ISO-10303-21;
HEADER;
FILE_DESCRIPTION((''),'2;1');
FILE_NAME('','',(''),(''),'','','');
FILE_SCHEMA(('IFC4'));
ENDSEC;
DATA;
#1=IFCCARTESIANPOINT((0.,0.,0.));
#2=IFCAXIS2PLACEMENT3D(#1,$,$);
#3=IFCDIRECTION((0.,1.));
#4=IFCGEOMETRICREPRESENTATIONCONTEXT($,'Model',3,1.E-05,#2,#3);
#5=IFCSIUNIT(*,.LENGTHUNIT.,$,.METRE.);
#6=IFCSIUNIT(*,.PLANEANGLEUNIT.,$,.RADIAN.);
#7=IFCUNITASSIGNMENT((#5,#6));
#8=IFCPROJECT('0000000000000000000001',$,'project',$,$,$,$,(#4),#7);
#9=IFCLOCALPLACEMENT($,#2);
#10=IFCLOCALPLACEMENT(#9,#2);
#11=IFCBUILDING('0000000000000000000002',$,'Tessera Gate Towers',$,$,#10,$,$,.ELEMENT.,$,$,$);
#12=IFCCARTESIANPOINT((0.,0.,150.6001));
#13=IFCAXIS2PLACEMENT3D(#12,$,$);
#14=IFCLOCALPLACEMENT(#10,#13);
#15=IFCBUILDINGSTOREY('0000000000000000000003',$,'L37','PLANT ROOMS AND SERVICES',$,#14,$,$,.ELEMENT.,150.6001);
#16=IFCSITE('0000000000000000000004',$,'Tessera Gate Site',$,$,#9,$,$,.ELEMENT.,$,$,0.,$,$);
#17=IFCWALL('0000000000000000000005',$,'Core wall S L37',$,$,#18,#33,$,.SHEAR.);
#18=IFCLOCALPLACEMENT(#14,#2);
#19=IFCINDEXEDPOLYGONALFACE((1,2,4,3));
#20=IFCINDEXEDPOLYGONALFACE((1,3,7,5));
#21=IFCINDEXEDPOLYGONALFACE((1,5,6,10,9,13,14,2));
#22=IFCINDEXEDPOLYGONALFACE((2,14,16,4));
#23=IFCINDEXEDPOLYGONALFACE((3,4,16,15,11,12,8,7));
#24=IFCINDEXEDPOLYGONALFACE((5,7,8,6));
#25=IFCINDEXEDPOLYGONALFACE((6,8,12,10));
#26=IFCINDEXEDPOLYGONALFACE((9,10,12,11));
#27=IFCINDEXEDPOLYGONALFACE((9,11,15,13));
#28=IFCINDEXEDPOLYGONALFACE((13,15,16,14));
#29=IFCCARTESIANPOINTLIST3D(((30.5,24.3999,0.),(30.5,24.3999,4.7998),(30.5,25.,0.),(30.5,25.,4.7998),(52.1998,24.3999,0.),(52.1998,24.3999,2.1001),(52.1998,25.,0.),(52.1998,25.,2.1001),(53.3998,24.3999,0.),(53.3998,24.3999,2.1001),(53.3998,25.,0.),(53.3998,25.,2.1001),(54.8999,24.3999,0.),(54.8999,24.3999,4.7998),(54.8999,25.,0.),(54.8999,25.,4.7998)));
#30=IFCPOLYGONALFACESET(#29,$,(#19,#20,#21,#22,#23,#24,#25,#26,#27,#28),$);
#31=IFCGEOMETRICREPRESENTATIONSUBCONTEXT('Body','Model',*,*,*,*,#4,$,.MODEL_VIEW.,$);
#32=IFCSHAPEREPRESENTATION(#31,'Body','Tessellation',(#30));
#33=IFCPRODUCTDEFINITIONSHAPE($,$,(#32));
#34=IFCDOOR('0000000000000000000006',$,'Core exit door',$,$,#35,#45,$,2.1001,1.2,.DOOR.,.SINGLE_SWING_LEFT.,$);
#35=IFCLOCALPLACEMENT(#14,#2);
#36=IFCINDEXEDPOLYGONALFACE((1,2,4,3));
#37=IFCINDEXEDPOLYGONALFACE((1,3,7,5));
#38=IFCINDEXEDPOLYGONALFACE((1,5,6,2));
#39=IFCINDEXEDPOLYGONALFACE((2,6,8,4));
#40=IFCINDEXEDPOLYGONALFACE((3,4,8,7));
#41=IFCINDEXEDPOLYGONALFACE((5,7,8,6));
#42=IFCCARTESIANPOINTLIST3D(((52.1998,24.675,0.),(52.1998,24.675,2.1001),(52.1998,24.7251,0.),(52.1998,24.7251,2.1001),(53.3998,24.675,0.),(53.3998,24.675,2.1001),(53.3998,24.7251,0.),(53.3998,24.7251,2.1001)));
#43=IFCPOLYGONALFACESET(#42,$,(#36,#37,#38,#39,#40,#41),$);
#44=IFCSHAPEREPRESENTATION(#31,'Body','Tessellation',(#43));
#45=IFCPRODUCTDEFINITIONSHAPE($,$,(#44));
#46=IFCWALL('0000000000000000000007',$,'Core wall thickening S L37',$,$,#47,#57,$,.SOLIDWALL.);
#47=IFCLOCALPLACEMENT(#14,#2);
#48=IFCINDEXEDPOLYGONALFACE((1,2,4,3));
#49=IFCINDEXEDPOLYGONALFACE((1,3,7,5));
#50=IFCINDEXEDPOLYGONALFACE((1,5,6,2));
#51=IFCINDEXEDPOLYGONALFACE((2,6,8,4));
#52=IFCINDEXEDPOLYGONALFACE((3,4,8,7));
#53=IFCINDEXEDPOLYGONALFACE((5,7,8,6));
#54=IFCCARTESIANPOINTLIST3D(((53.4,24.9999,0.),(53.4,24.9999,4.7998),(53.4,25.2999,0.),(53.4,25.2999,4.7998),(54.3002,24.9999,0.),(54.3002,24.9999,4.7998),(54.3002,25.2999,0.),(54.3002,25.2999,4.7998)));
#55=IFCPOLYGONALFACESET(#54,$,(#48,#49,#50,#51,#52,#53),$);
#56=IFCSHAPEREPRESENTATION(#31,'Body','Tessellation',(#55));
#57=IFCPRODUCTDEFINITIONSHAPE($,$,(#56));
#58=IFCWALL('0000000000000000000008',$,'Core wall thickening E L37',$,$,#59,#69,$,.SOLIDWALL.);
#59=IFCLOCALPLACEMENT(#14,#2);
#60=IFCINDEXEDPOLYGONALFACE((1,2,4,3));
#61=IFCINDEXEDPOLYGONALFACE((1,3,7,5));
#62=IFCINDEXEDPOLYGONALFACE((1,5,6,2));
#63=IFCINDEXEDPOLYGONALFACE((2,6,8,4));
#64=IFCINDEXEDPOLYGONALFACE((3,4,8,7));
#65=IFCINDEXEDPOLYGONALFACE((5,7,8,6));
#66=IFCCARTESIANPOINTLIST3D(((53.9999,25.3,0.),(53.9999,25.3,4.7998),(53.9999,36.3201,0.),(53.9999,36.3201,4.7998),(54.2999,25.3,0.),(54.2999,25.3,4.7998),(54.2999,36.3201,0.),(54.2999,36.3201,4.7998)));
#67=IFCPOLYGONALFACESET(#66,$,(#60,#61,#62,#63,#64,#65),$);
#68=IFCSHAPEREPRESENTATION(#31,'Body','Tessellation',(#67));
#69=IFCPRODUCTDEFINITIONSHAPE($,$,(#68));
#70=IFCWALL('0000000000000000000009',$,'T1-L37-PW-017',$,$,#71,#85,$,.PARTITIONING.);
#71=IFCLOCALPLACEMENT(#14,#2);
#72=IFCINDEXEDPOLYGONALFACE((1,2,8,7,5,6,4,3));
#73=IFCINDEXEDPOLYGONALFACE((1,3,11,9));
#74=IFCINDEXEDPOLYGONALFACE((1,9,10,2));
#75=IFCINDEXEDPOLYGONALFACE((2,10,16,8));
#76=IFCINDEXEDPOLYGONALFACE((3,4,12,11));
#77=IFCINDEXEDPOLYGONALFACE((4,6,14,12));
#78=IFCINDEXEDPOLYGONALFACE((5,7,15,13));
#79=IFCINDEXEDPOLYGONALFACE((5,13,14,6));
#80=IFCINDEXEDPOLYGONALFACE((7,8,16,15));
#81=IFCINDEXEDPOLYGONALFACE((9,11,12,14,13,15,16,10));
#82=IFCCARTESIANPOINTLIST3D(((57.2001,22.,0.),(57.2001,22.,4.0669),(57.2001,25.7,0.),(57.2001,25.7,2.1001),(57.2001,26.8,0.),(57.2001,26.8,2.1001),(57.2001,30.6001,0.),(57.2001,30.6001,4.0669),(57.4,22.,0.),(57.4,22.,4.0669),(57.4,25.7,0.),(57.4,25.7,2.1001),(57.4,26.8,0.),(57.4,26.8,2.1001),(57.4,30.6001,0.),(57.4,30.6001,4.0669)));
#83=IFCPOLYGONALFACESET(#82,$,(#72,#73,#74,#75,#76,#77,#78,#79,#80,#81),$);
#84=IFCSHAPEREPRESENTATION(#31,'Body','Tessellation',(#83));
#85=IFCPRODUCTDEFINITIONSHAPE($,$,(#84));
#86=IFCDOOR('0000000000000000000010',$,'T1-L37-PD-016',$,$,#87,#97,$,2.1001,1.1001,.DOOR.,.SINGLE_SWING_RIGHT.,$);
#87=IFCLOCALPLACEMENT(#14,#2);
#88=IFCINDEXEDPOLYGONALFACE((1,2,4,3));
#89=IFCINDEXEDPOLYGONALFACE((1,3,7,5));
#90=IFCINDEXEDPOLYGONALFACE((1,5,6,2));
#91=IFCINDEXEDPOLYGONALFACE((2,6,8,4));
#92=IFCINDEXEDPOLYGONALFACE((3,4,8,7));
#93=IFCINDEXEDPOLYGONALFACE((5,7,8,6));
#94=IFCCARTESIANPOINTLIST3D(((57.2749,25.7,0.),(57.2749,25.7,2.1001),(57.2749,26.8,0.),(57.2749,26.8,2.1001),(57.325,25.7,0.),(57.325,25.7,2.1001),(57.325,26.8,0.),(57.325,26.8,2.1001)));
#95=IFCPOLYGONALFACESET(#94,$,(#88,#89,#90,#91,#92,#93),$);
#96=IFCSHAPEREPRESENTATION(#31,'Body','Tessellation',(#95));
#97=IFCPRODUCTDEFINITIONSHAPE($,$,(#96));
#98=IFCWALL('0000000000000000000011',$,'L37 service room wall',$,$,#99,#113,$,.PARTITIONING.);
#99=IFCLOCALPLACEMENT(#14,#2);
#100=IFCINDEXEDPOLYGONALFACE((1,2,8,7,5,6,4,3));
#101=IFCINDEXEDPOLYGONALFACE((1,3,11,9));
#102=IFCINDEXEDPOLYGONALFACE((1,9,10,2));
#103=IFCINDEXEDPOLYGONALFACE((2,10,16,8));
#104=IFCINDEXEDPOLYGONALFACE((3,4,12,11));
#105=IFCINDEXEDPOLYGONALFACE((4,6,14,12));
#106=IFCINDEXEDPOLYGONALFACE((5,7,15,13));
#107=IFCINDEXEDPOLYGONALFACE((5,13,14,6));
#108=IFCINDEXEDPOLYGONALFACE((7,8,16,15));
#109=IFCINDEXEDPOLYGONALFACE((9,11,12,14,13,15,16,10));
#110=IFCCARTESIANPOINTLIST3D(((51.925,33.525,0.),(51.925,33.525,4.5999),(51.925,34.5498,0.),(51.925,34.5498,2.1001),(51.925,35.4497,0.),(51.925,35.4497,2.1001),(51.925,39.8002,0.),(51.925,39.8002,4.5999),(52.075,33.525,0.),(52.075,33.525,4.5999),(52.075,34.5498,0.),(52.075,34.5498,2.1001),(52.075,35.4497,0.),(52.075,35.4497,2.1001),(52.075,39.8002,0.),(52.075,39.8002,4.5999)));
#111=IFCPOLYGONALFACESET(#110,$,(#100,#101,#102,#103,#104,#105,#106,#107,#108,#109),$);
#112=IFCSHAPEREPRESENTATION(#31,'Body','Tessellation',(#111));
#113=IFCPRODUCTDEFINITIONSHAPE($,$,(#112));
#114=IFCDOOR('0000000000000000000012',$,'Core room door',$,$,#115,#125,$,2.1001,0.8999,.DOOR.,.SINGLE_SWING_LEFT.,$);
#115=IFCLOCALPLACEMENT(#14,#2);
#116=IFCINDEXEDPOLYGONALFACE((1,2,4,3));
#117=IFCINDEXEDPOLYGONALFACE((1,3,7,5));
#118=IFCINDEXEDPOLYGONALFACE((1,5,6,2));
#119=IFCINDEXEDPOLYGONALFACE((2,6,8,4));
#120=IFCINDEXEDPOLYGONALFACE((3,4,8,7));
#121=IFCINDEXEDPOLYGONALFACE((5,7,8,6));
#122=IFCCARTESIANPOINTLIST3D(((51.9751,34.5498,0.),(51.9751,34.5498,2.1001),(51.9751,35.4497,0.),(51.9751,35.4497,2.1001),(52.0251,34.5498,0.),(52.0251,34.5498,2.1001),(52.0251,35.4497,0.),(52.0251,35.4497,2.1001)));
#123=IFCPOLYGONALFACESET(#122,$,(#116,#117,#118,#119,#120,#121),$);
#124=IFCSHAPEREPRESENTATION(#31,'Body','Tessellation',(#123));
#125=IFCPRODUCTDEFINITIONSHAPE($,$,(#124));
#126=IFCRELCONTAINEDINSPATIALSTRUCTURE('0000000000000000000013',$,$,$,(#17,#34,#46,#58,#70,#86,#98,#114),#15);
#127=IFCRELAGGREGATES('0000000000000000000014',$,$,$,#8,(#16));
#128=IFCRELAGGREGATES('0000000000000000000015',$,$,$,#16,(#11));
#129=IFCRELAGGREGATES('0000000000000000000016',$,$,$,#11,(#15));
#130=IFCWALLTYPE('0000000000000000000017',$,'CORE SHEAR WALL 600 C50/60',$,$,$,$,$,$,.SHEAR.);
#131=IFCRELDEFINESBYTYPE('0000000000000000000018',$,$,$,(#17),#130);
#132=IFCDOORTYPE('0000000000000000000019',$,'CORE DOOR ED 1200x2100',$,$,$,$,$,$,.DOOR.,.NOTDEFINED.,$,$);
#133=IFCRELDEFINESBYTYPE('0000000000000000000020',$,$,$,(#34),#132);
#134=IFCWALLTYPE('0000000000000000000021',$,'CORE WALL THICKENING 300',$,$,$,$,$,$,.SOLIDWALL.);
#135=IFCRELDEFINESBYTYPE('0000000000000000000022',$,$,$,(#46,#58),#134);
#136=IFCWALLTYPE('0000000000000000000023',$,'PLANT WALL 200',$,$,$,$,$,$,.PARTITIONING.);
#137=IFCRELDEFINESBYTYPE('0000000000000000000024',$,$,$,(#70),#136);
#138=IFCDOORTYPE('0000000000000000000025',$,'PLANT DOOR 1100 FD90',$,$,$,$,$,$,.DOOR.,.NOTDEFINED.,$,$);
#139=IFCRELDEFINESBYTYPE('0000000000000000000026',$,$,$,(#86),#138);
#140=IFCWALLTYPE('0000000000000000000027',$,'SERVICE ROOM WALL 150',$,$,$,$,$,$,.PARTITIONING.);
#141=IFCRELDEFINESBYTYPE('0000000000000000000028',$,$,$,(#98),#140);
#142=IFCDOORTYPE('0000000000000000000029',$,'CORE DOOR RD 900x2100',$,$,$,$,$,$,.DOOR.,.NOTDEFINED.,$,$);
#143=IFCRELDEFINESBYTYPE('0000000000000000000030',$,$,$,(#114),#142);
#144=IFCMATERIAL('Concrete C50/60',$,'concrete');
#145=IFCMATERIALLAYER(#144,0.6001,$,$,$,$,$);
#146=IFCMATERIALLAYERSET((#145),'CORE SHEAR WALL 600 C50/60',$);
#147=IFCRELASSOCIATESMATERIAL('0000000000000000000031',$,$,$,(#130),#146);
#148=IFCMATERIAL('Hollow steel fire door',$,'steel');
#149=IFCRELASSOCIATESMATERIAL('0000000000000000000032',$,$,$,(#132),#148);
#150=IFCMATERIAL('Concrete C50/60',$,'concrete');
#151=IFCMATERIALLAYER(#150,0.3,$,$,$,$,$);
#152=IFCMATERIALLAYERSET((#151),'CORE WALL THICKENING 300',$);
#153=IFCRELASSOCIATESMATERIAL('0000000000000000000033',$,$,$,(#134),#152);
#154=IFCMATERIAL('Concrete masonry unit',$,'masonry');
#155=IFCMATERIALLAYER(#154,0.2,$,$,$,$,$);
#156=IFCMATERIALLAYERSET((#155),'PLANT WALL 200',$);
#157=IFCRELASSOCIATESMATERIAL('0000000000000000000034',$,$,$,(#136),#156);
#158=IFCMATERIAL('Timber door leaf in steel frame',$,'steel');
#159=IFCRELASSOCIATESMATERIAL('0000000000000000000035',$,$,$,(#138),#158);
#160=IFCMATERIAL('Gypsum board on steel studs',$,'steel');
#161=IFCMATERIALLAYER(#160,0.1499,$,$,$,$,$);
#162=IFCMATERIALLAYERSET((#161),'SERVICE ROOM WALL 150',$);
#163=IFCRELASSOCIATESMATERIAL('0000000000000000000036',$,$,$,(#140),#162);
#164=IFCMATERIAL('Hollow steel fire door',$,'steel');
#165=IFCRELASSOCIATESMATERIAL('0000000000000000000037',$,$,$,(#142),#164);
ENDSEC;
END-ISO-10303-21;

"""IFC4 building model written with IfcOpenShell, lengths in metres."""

from ifc_helpers import new_model, si_unit, direction, frame, frame_2d, origin, place, context, subcontext, project, spatial, rectangle, extrude, source, transform, mapped, material, layer, layer_set, type_object, element, fill, save


model = new_model("IFC4")

# Units and contexts
model_context = context("Model", 3, precision=1e-05, world=origin(), true_north=direction((0.0, 1.0)))
body_context = subcontext(model_context, "Body", "Model", "MODEL_VIEW")
ifc_project = project(units=[si_unit("LENGTHUNIT", "METRE"), si_unit("PLANEANGLEUNIT", "RADIAN")], contexts=[model_context])

# Site, building, storey
site_placement = place(None, origin())
site = spatial("IfcSite", under=ifc_project, at=site_placement, Name="Tessera Gate Site", CompositionType="ELEMENT", RefElevation=0.0)
building_placement = place(site_placement, origin())
building = spatial("IfcBuilding", under=site, at=building_placement, Name="Tessera Gate Towers", CompositionType="ELEMENT")
storey_placement = place(building_placement, frame((0.0, 0.0, 150.6001)))
storey = spatial("IfcBuildingStorey", under=building, at=storey_placement, Name="L37", Description="PLANT ROOMS AND SERVICES", CompositionType="ELEMENT", Elevation=150.6001)

# Shared definitions
shared_shape_1 = source(origin(), body_context, "Body", "SweptSolid", [
    extrude(rectangle(XDim=1.2, YDim=2.1001, at=frame_2d((0.6001, 1.05))), frame((0.0, 0.0249, 0.0), z_axis=(0.0, -1.0, 0.0), x_axis=(1.0, 0.0, 0.0)), (0.0, 0.0, 1.0), 0.05),
])

# Wall, opening, door
ifc_material_1 = material(Name="Concrete C50/60", Category="concrete")
ifc_layer_1 = layer(ifc_material_1, 0.6001)
ifc_layer_set_1 = layer_set([ifc_layer_1], Name="CORE SHEAR WALL 600 C50/60")
wall_type_1 = type_object("IfcWallType", Name="CORE SHEAR WALL 600 C50/60", PredefinedType="SHEAR", material=ifc_layer_set_1)
wall_1_placement = place(storey_placement, frame((54.8999, 24.7, 0.0), z_axis=(0.0, 0.0, 1.0), x_axis=(-1.0, 0.0, 0.0)))
wall_1 = element("IfcWall", 1, at=wall_1_placement, inside=storey, type_object=wall_type_1, Name="Core wall S L37", PredefinedType="SHEAR", context=body_context, shape_type="SweptSolid", body=[
    extrude(rectangle(XDim=24.3999, YDim=0.6001, at=frame_2d((12.2, 0.0))), origin(), (0.0, 0.0, 1.0), 4.7998),
])
shared_shape_2 = source(origin(), body_context, "Body", "SweptSolid", [
    extrude(rectangle(XDim=1.2, YDim=2.1001, at=frame_2d((0.6001, 1.05))), frame((0.0, 0.3101, 0.0), z_axis=(0.0, -1.0, 0.0), x_axis=(1.0, 0.0, 0.0)), (0.0, 0.0, 1.0), 0.6201),
])
opening_1_placement = place(wall_1_placement, frame((1.5, 0.0, 0.0)))
opening_1 = element("IfcOpeningElement", 2, at=opening_1_placement, cuts=wall_1, PredefinedType="OPENING", context=body_context, shape_type="MappedRepresentation", body=[
    mapped(shared_shape_2, transform((0.0, 0.0, 0.0), scale=1.0)),
])
ifc_material_2 = material(Name="Hollow steel fire door", Category="steel")
door_type_1 = type_object("IfcDoorType", Name="CORE DOOR ED 1200x2100", OperationType="NOTDEFINED", PredefinedType="DOOR", material=ifc_material_2)
door_1_placement = place(opening_1_placement, origin())
door_1 = element("IfcDoor", 3, at=door_1_placement, inside=storey, type_object=door_type_1, Name="Core exit door", OperationType="SINGLE_SWING_LEFT", OverallHeight=2.1001, OverallWidth=1.2, PredefinedType="DOOR", context=body_context, shape_type="MappedRepresentation", body=[
    mapped(shared_shape_1, transform((0.0, 0.0, 0.0), scale=1.0)),
])
fill(opening_1, door_1)

# Walls
ifc_material_3 = material(Name="Concrete C50/60", Category="concrete")
ifc_layer_2 = layer(ifc_material_3, 0.3)
ifc_layer_set_2 = layer_set([ifc_layer_2], Name="CORE WALL THICKENING 300")
wall_type_2 = type_object("IfcWallType", Name="CORE WALL THICKENING 300", PredefinedType="SOLIDWALL", material=ifc_layer_set_2)
wall_2_placement = place(storey_placement, frame((53.3999, 25.1499, 0.0), z_axis=(0.0, 0.0, 1.0), x_axis=(1.0, 0.0, 0.0)))
element("IfcWall", 4, at=wall_2_placement, inside=storey, type_object=wall_type_2, Name="Core wall thickening S L37", PredefinedType="SOLIDWALL", context=body_context, shape_type="SweptSolid", body=[
    extrude(rectangle(XDim=0.9001, YDim=0.3, at=frame_2d((0.4502, 0.0))), origin(), (0.0, 0.0, 1.0), 4.7998),
])
wall_3_placement = place(storey_placement, frame((54.1499, 25.3, 0.0), z_axis=(0.0, 0.0, 1.0), x_axis=(0.0, 1.0, 0.0)))
element("IfcWall", 5, at=wall_3_placement, inside=storey, type_object=wall_type_2, Name="Core wall thickening E L37", PredefinedType="SOLIDWALL", context=body_context, shape_type="SweptSolid", body=[
    extrude(rectangle(XDim=11.02, YDim=0.3, at=frame_2d((5.51, 0.0))), origin(), (0.0, 0.0, 1.0), 4.7998),
])

# Walls, openings, doors
ifc_material_4 = material(Name="Concrete masonry unit", Category="masonry")
ifc_layer_3 = layer(ifc_material_4, 0.2)
ifc_layer_set_3 = layer_set([ifc_layer_3], Name="PLANT WALL 200")
wall_type_3 = type_object("IfcWallType", Name="PLANT WALL 200", PredefinedType="PARTITIONING", material=ifc_layer_set_3)
wall_4_placement = place(storey_placement, frame((57.3, 30.6001, 0.0), z_axis=(0.0, 0.0, 1.0), x_axis=(0.0, -1.0, 0.0)))
wall_4 = element("IfcWall", 6, at=wall_4_placement, inside=storey, type_object=wall_type_3, Name="T1-L37-PW-017", PredefinedType="PARTITIONING", context=body_context, shape_type="SweptSolid", body=[
    extrude(rectangle(XDim=8.6001, YDim=0.2, at=frame_2d((4.3, 0.0))), origin(), (0.0, 0.0, 1.0), 4.0669),
])
shared_shape_3 = source(origin(), body_context, "Body", "SweptSolid", [
    extrude(rectangle(XDim=1.1001, YDim=2.1001, at=frame_2d((0.55, 1.05))), frame((0.0, 0.1099, 0.0), z_axis=(0.0, -1.0, 0.0), x_axis=(1.0, 0.0, 0.0)), (0.0, 0.0, 1.0), 0.22),
])
opening_2_placement = place(wall_4_placement, frame((3.8, 0.0, 0.0)))
opening_2 = element("IfcOpeningElement", 7, at=opening_2_placement, cuts=wall_4, PredefinedType="OPENING", context=body_context, shape_type="MappedRepresentation", body=[
    mapped(shared_shape_3, transform((0.0, 0.0, 0.0), scale=1.0)),
])
ifc_material_5 = material(Name="Timber door leaf in steel frame", Category="steel")
door_type_2 = type_object("IfcDoorType", Name="PLANT DOOR 1100 FD90", OperationType="NOTDEFINED", PredefinedType="DOOR", material=ifc_material_5)
shared_shape_4 = source(origin(), body_context, "Body", "SweptSolid", [
    extrude(rectangle(XDim=1.1001, YDim=2.1001, at=frame_2d((0.55, 1.05))), frame((0.0, 0.0249, 0.0), z_axis=(0.0, -1.0, 0.0), x_axis=(1.0, 0.0, 0.0)), (0.0, 0.0, 1.0), 0.05),
])
door_2_placement = place(opening_2_placement, origin())
door_2 = element("IfcDoor", 8, at=door_2_placement, inside=storey, type_object=door_type_2, Name="T1-L37-PD-016", OperationType="SINGLE_SWING_RIGHT", OverallHeight=2.1001, OverallWidth=1.1001, PredefinedType="DOOR", context=body_context, shape_type="MappedRepresentation", body=[
    mapped(shared_shape_4, transform((0.0, 0.0, 0.0), scale=1.0)),
])
fill(opening_2, door_2)
ifc_material_6 = material(Name="Gypsum board on steel studs", Category="steel")
ifc_layer_4 = layer(ifc_material_6, 0.1499)
ifc_layer_set_4 = layer_set([ifc_layer_4], Name="SERVICE ROOM WALL 150")
wall_type_4 = type_object("IfcWallType", Name="SERVICE ROOM WALL 150", PredefinedType="PARTITIONING", material=ifc_layer_set_4)
wall_5_placement = place(storey_placement, frame((52.0, 33.5249, 0.0), z_axis=(0.0, 0.0, 1.0), x_axis=(0.0, 1.0, 0.0)))
wall_5 = element("IfcWall", 9, at=wall_5_placement, inside=storey, type_object=wall_type_4, Name="L37 service room wall", PredefinedType="PARTITIONING", context=body_context, shape_type="SweptSolid", body=[
    extrude(rectangle(XDim=6.2751, YDim=0.1499, at=frame_2d((3.1377, 0.0))), origin(), (0.0, 0.0, 1.0), 4.5999),
])
shared_shape_5 = source(origin(), body_context, "Body", "SweptSolid", [
    extrude(rectangle(XDim=0.8999, YDim=2.1001, at=frame_2d((0.45, 1.05))), frame((0.0, 0.085, 0.0), z_axis=(0.0, -1.0, 0.0), x_axis=(1.0, 0.0, 0.0)), (0.0, 0.0, 1.0), 0.1699),
])
opening_3_placement = place(wall_5_placement, frame((1.0249, 0.0, 0.0)))
opening_3 = element("IfcOpeningElement", 10, at=opening_3_placement, cuts=wall_5, PredefinedType="OPENING", context=body_context, shape_type="MappedRepresentation", body=[
    mapped(shared_shape_5, transform((0.0, 0.0, 0.0), scale=1.0)),
])
ifc_material_7 = material(Name="Hollow steel fire door", Category="steel")
door_type_3 = type_object("IfcDoorType", Name="CORE DOOR RD 900x2100", OperationType="NOTDEFINED", PredefinedType="DOOR", material=ifc_material_7)
shared_shape_6 = source(origin(), body_context, "Body", "SweptSolid", [
    extrude(rectangle(XDim=0.8999, YDim=2.1001, at=frame_2d((0.45, 1.05))), frame((0.0, 0.0249, 0.0), z_axis=(0.0, -1.0, 0.0), x_axis=(1.0, 0.0, 0.0)), (0.0, 0.0, 1.0), 0.05),
])
door_3_placement = place(opening_3_placement, origin())
door_3 = element("IfcDoor", 11, at=door_3_placement, inside=storey, type_object=door_type_3, Name="Core room door", OperationType="SINGLE_SWING_LEFT", OverallHeight=2.1001, OverallWidth=0.8999, PredefinedType="DOOR", context=body_context, shape_type="MappedRepresentation", body=[
    mapped(shared_shape_6, transform((0.0, 0.0, 0.0), scale=1.0)),
])
fill(opening_3, door_3)

save(model, "model.ifc")
